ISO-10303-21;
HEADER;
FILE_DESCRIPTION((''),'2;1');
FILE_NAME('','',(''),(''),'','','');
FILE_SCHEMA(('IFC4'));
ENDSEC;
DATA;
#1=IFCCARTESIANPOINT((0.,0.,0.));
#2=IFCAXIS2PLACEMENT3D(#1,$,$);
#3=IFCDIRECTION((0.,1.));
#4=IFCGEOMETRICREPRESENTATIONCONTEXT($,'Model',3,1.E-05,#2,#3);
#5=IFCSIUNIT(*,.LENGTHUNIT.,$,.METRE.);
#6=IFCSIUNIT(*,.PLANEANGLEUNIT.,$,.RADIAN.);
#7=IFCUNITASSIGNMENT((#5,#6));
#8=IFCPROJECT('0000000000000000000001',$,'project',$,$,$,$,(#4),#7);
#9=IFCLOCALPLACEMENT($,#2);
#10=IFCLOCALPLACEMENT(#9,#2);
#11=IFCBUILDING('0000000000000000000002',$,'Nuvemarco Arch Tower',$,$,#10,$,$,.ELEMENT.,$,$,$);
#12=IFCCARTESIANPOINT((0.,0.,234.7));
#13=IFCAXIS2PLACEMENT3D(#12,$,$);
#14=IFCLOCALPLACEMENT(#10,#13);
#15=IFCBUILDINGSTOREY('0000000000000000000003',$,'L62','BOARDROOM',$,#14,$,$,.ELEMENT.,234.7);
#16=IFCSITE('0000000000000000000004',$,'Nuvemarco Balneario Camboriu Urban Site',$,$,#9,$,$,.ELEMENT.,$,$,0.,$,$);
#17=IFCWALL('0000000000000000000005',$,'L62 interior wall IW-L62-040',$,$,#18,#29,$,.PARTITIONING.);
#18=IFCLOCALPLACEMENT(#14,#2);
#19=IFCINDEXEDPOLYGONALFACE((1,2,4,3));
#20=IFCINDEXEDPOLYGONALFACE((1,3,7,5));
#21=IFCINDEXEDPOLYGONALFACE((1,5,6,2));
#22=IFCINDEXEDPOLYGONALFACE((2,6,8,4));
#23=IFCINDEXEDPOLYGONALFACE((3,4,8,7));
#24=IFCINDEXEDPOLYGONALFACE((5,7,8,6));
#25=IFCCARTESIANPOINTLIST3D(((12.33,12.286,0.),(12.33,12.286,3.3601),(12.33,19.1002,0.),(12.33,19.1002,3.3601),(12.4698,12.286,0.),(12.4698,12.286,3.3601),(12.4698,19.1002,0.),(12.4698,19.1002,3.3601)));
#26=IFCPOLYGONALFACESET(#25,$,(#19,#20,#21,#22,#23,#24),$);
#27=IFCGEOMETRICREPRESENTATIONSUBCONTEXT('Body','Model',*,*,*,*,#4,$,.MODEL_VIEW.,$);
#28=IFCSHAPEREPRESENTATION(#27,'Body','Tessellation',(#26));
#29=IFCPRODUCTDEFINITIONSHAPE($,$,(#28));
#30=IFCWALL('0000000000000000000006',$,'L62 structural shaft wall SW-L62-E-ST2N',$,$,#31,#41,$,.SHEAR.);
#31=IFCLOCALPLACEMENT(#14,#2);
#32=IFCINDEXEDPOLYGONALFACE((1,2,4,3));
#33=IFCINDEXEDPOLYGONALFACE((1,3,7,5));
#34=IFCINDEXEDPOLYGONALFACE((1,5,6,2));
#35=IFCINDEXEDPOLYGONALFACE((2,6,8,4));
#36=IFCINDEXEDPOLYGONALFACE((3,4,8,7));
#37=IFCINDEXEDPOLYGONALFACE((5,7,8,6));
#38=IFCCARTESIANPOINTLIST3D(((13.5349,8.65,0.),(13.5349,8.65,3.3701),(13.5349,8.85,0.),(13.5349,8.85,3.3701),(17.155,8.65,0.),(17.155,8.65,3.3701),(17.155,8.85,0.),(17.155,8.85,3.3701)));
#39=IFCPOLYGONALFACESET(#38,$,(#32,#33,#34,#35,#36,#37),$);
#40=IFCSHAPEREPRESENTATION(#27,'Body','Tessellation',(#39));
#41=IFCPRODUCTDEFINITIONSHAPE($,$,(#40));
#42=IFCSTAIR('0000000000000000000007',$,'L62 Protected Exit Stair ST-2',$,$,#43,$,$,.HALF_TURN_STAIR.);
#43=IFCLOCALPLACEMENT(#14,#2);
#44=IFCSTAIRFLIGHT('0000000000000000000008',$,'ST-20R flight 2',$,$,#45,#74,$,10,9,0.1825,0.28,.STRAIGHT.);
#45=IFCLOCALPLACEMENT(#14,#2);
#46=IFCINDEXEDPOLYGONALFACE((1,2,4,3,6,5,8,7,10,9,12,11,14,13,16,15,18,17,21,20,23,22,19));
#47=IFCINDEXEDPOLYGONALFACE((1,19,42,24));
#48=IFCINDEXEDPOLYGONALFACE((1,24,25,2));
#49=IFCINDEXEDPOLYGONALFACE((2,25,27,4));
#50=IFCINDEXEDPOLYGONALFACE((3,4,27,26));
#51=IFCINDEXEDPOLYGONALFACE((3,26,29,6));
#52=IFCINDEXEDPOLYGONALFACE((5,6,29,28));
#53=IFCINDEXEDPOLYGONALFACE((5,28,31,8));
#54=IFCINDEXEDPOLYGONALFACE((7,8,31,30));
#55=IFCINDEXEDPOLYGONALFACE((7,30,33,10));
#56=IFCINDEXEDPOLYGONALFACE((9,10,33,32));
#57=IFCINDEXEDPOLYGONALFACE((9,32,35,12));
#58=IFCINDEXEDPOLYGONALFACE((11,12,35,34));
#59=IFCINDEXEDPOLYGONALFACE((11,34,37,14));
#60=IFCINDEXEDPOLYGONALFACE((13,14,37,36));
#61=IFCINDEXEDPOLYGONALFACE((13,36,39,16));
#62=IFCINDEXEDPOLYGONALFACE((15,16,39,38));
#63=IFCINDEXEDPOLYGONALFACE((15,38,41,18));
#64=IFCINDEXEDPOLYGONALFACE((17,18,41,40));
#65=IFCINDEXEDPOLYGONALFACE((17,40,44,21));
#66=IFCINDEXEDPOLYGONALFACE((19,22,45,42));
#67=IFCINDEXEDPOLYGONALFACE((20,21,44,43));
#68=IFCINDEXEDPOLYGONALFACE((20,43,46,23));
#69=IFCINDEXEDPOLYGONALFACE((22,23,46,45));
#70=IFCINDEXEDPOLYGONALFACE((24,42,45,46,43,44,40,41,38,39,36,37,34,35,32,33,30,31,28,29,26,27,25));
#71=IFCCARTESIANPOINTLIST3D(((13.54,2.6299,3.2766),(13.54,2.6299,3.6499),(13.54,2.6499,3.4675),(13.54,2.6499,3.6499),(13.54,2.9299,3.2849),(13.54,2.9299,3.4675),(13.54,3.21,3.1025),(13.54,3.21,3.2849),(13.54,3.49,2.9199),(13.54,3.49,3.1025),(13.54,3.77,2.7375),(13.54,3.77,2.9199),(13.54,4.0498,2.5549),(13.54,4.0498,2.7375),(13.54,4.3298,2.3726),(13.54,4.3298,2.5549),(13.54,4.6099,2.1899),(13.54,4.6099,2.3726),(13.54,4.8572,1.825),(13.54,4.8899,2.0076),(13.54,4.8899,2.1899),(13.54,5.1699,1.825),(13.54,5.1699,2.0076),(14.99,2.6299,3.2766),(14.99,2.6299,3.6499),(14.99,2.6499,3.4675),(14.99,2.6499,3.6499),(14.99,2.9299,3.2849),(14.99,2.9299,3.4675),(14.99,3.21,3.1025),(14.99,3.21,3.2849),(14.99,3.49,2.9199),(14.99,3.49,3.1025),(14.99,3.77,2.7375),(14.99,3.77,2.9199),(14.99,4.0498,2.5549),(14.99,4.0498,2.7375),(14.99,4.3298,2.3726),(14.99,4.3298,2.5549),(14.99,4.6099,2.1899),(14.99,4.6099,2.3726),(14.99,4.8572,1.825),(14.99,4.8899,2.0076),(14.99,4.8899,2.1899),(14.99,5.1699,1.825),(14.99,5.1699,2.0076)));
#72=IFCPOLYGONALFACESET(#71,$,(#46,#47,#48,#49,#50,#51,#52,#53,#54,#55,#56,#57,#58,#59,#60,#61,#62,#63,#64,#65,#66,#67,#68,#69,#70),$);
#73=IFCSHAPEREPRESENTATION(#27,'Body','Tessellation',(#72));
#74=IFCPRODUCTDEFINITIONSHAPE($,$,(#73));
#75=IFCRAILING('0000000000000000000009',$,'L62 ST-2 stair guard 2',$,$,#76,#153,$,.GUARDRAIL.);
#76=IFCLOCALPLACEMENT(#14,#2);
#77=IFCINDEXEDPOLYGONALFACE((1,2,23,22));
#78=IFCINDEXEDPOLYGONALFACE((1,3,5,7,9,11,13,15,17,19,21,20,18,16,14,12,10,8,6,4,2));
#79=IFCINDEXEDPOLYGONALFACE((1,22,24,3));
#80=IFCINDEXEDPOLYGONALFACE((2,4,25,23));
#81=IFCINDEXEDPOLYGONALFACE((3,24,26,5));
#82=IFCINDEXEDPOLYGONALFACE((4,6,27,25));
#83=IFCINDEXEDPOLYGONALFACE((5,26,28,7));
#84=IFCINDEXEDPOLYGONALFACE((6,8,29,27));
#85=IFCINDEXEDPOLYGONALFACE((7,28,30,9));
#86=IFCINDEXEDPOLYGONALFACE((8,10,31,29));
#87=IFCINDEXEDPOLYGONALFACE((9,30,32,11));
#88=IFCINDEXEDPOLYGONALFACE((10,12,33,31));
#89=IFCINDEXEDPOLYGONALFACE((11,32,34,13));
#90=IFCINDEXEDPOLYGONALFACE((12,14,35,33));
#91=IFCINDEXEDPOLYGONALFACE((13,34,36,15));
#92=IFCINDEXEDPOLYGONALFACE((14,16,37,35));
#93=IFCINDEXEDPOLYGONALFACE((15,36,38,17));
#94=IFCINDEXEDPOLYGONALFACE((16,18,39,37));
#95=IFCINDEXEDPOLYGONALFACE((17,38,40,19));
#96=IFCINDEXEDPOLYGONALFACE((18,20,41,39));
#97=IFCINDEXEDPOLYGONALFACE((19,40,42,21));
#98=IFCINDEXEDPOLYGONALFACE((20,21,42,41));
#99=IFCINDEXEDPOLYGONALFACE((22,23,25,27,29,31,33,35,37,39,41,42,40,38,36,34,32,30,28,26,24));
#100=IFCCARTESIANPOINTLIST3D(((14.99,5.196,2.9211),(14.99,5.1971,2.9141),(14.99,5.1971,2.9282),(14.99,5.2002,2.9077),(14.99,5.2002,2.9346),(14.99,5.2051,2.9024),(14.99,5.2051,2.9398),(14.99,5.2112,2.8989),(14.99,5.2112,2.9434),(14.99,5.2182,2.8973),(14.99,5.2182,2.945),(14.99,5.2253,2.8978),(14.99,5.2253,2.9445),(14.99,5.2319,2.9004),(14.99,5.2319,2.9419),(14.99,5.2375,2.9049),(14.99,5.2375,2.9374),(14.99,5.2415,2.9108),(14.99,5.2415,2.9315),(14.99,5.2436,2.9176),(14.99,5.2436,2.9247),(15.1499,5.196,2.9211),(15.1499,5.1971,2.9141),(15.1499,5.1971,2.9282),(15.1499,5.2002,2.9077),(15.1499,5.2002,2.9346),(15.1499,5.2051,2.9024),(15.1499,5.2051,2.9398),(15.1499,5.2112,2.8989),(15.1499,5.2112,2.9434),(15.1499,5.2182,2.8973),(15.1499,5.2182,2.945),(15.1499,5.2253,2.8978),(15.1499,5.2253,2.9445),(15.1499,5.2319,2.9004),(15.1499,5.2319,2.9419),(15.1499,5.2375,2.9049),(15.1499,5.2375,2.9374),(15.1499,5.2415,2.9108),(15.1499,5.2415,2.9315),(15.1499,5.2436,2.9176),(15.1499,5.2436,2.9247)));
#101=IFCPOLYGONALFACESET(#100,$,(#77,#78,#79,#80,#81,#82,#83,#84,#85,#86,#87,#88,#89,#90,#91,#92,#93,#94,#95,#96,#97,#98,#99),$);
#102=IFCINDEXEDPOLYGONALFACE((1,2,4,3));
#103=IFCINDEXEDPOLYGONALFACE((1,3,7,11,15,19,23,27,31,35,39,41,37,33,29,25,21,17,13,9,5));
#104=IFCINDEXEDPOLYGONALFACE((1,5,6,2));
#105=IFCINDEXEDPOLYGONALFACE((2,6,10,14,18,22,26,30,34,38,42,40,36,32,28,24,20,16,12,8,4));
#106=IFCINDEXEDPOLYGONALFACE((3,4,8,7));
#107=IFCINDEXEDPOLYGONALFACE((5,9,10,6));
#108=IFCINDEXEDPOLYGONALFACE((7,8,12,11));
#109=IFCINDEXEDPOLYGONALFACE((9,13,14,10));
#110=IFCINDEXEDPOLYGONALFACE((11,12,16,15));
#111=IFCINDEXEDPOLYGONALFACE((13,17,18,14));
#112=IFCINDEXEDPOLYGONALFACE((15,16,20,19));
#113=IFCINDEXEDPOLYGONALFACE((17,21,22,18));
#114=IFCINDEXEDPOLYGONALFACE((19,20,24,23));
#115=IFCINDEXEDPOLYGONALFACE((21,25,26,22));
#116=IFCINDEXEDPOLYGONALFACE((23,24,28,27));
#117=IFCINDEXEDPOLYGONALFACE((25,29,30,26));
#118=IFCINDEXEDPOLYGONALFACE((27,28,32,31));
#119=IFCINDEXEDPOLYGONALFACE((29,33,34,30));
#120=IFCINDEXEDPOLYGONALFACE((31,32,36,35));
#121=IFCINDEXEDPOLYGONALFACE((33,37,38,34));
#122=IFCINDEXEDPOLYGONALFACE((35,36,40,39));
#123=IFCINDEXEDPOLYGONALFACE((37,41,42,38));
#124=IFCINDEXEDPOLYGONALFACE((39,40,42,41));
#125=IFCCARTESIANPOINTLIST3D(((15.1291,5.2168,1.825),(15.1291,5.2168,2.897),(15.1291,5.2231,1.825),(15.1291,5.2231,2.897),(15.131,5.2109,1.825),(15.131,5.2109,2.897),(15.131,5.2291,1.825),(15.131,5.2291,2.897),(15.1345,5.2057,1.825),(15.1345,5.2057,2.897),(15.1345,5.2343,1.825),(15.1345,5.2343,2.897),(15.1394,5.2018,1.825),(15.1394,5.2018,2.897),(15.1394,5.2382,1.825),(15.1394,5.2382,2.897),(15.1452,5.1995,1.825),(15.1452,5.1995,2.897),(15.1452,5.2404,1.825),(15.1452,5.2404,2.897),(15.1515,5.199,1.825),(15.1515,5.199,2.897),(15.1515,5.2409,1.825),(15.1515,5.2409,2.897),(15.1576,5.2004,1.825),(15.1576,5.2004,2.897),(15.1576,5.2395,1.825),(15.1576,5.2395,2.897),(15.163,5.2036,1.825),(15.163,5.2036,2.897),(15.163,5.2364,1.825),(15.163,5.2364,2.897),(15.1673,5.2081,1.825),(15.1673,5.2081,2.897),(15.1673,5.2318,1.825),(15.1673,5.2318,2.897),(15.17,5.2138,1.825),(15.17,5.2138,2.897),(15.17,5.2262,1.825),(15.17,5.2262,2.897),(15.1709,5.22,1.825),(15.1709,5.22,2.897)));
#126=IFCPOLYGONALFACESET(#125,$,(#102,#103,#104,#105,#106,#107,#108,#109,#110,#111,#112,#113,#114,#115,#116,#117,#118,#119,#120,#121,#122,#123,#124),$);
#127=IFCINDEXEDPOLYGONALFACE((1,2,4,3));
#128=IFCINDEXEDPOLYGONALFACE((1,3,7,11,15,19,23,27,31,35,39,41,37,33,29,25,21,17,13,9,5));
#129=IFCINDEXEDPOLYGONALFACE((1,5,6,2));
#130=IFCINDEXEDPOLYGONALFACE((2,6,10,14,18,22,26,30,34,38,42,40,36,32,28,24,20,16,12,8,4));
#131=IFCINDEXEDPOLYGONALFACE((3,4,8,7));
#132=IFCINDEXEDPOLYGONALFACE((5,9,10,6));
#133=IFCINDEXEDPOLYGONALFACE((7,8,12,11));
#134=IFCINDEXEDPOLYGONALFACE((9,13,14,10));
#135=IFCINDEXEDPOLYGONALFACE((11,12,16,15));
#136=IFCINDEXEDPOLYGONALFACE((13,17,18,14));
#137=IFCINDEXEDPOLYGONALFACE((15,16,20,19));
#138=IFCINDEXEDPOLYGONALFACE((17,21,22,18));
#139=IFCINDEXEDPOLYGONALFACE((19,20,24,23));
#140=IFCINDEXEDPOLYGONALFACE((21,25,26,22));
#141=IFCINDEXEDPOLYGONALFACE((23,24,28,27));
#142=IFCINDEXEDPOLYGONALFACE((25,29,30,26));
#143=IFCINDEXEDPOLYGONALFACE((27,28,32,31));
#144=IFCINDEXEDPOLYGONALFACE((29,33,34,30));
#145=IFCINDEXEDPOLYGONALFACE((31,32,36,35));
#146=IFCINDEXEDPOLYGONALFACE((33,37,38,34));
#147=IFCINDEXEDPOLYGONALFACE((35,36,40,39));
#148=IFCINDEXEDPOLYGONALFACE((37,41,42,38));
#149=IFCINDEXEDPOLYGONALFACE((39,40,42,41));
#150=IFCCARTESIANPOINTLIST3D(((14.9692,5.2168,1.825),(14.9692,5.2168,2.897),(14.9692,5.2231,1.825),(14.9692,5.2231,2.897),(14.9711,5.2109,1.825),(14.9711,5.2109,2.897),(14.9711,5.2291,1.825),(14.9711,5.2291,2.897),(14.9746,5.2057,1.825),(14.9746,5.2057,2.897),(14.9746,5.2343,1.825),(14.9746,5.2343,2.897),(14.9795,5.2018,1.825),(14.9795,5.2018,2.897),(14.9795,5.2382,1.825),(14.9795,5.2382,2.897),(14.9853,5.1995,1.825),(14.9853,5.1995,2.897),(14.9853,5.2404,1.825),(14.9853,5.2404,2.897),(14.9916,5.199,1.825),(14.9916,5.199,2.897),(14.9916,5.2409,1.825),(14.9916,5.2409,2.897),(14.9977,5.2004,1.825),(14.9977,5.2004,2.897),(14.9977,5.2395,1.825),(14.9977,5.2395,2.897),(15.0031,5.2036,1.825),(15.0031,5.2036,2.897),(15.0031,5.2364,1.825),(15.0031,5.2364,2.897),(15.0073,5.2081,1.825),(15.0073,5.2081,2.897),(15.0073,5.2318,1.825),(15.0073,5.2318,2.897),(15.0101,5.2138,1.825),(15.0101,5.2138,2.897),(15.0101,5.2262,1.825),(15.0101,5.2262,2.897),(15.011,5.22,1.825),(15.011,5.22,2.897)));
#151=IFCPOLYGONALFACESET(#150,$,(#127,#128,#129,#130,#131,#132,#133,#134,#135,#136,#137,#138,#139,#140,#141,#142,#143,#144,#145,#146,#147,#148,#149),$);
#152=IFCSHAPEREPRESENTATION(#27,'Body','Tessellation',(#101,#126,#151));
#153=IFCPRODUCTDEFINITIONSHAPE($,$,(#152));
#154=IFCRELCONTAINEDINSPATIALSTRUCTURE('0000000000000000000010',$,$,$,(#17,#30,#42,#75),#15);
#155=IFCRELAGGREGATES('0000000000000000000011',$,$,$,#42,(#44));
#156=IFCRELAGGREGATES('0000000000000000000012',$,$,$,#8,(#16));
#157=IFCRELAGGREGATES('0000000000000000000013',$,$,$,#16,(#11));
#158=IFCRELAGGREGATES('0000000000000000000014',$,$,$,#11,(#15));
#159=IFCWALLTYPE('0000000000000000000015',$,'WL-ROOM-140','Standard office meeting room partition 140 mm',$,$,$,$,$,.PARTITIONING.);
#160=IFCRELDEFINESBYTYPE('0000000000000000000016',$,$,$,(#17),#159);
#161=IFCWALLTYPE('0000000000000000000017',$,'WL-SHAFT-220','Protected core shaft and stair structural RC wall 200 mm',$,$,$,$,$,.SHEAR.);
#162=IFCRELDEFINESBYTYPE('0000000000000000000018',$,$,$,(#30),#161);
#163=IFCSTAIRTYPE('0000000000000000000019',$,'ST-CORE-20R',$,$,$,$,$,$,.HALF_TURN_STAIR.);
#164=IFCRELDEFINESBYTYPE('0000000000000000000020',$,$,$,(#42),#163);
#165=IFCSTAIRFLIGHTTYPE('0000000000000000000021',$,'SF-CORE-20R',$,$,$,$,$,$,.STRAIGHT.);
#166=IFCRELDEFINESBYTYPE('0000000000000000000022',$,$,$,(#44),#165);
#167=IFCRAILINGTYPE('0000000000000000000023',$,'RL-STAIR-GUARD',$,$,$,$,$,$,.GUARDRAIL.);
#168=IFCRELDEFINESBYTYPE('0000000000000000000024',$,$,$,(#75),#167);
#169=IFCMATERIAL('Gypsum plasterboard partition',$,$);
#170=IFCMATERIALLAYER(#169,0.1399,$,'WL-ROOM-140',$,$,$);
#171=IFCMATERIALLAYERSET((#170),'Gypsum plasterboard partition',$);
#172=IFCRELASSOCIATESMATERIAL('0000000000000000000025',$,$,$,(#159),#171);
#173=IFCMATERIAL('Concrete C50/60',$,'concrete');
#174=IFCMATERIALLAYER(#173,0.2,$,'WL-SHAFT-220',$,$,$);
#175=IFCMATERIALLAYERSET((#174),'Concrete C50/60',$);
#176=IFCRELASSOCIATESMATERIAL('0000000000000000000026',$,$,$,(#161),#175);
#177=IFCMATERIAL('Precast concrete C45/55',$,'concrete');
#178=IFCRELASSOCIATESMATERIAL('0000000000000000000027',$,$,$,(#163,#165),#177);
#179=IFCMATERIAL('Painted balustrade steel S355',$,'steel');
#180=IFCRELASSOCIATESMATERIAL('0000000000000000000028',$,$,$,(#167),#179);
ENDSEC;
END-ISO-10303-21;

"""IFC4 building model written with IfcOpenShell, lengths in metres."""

from ifc_helpers import new_model, si_unit, direction, frame, frame_2d, origin, origin_2d, place, context, subcontext, project, spatial, polyline, rectangle, circle, outline, extrude, material, layer, layer_set, type_object, element, aggregate, save


model = new_model("IFC4")

# Units and contexts
model_context = context("Model", 3, precision=1e-05, world=origin(), true_north=direction((0.0, 1.0)))
body_context = subcontext(model_context, "Body", "Model", "MODEL_VIEW")
ifc_project = project(units=[si_unit("LENGTHUNIT", "METRE"), si_unit("PLANEANGLEUNIT", "RADIAN")], contexts=[model_context])

# Site, building, storey
site_placement = place(None, origin())
site = spatial("IfcSite", under=ifc_project, at=site_placement, Name="Nuvemarco Balneario Camboriu Urban Site", CompositionType="ELEMENT", RefElevation=0.0)
building_placement = place(site_placement, origin())
building = spatial("IfcBuilding", under=site, at=building_placement, Name="Nuvemarco Arch Tower", CompositionType="ELEMENT")
storey_placement = place(building_placement, frame((0.0, 0.0, 234.7)))
storey = spatial("IfcBuildingStorey", under=building, at=storey_placement, Name="L62", Description="BOARDROOM", CompositionType="ELEMENT", Elevation=234.7)

# Shared definitions
ifc_material_1 = material(Name="Concrete C50/60", Category="concrete")

# Shared definitions
ifc_material_2 = material(Name="Precast concrete C45/55", Category="concrete")

# Walls
ifc_material_3 = material(Name="Gypsum plasterboard partition")
ifc_layer_1 = layer(ifc_material_3, 0.1399, Name="WL-ROOM-140")
ifc_layer_set_1 = layer_set([ifc_layer_1], Name="Gypsum plasterboard partition")
wall_type_1 = type_object("IfcWallType", Name="WL-ROOM-140", Description="Standard office meeting room partition 140 mm", PredefinedType="PARTITIONING", material=ifc_layer_set_1)
wall_1_placement = place(storey_placement, frame((12.3999, 12.2859, 0.0), z_axis=(0.0, 0.0, 1.0), x_axis=(0.0, 1.0, 0.0)))
element("IfcWall", 1, at=wall_1_placement, inside=storey, type_object=wall_type_1, Name="L62 interior wall IW-L62-040", PredefinedType="PARTITIONING", context=body_context, shape_type="SweptSolid", body=[
    extrude(rectangle(XDim=6.8142, YDim=0.1399, at=frame_2d((3.4072, 0.0))), origin(), (0.0, 0.0, 1.0), 3.3601),
])
ifc_layer_2 = layer(ifc_material_1, 0.2, Name="WL-SHAFT-220")
ifc_layer_set_2 = layer_set([ifc_layer_2], Name="Concrete C50/60")
wall_type_2 = type_object("IfcWallType", Name="WL-SHAFT-220", Description="Protected core shaft and stair structural RC wall 200 mm", PredefinedType="SHEAR", material=ifc_layer_set_2)
wall_2_placement = place(storey_placement, frame((13.5349, 8.75, 0.0), z_axis=(0.0, 0.0, 1.0), x_axis=(1.0, 0.0, 0.0)))
element("IfcWall", 2, at=wall_2_placement, inside=storey, type_object=wall_type_2, Name="L62 structural shaft wall SW-L62-E-ST2N", PredefinedType="SHEAR", context=body_context, shape_type="SweptSolid", body=[
    extrude(rectangle(XDim=3.6201, YDim=0.2, at=frame_2d((1.8101, 0.0))), origin(), (0.0, 0.0, 1.0), 3.3701),
])

# Stair, stair flight
stair_type = type_object("IfcStairType", Name="ST-CORE-20R", PredefinedType="HALF_TURN_STAIR", material=ifc_material_2)
stair_placement = place(storey_placement, origin())
stair = element("IfcStair", 3, at=stair_placement, inside=storey, type_object=stair_type, Name="L62 Protected Exit Stair ST-2", PredefinedType="HALF_TURN_STAIR")
stair_flight_type = type_object("IfcStairFlightType", Name="SF-CORE-20R", PredefinedType="STRAIGHT", material=ifc_material_2)
stair_flight_placement = place(storey_placement, frame((14.2649, 5.1699, 1.825), z_axis=(0.0, 0.0, 1.0), x_axis=(0.0, -1.0, 0.0)))
stair_flight = element("IfcStairFlight", 4, at=stair_flight_placement, type_object=stair_flight_type, Name="ST-20R flight 2", NumberOfRisers=10, NumberOfTreads=9, PredefinedType="STRAIGHT", RiserHeight=0.1825, TreadLength=0.28, context=body_context, shape_type="SweptSolid", body=[
    extrude(outline(polyline([(0.0, 0.0), (0.0, 0.1826), (0.28, 0.1826), (0.28, 0.365), (0.5601, 0.365), (0.5601, 0.5476), (0.8401, 0.5476), (0.8401, 0.73), (1.1201, 0.73), (1.1201, 0.9126), (1.3999, 0.9126), (1.3999, 1.095), (1.6799, 1.095), (1.6799, 1.2776), (1.96, 1.2776), (1.96, 1.46), (2.24, 1.46), (2.24, 1.6426), (2.52, 1.6426), (2.52, 1.825), (2.54, 1.825), (2.54, 1.4517), (0.3127, 0.0), (0.0, 0.0)])), frame((0.0, 0.7251, 0.0), z_axis=(0.0, -1.0, 0.0), x_axis=(1.0, 0.0, 0.0)), (0.0, 0.0, 1.0), 1.45),
])
aggregate(stair, [stair_flight])

# Railing
ifc_material_4 = material(Name="Painted balustrade steel S355", Category="steel")
railing_type = type_object("IfcRailingType", Name="RL-STAIR-GUARD", PredefinedType="GUARDRAIL", material=ifc_material_4)
railing_1_placement = place(storey_placement, frame((15.1499, 5.22, 1.825)))
element("IfcRailing", 5, at=railing_1_placement, inside=storey, type_object=railing_type, Name="L62 ST-2 stair guard 2", PredefinedType="GUARDRAIL", context=body_context, shape_type="SweptSolid", body=[
    extrude(circle(Radius=0.0239, at=origin_2d()), frame((0.0, 0.0, 1.0962), z_axis=(-1.0, 0.0, 0.0), x_axis=(0.0, -1.0, 0.0)), (0.0, 0.0, 1.0), 0.1599),
    extrude(circle(Radius=0.021, at=origin_2d()), origin(), (0.0, 0.0, 1.0), 1.072),
    extrude(circle(Radius=0.021, at=origin_2d()), frame((-0.1599, 0.0, 0.0)), (0.0, 0.0, 1.0), 1.072),
])

save(model, "model.ifc")
